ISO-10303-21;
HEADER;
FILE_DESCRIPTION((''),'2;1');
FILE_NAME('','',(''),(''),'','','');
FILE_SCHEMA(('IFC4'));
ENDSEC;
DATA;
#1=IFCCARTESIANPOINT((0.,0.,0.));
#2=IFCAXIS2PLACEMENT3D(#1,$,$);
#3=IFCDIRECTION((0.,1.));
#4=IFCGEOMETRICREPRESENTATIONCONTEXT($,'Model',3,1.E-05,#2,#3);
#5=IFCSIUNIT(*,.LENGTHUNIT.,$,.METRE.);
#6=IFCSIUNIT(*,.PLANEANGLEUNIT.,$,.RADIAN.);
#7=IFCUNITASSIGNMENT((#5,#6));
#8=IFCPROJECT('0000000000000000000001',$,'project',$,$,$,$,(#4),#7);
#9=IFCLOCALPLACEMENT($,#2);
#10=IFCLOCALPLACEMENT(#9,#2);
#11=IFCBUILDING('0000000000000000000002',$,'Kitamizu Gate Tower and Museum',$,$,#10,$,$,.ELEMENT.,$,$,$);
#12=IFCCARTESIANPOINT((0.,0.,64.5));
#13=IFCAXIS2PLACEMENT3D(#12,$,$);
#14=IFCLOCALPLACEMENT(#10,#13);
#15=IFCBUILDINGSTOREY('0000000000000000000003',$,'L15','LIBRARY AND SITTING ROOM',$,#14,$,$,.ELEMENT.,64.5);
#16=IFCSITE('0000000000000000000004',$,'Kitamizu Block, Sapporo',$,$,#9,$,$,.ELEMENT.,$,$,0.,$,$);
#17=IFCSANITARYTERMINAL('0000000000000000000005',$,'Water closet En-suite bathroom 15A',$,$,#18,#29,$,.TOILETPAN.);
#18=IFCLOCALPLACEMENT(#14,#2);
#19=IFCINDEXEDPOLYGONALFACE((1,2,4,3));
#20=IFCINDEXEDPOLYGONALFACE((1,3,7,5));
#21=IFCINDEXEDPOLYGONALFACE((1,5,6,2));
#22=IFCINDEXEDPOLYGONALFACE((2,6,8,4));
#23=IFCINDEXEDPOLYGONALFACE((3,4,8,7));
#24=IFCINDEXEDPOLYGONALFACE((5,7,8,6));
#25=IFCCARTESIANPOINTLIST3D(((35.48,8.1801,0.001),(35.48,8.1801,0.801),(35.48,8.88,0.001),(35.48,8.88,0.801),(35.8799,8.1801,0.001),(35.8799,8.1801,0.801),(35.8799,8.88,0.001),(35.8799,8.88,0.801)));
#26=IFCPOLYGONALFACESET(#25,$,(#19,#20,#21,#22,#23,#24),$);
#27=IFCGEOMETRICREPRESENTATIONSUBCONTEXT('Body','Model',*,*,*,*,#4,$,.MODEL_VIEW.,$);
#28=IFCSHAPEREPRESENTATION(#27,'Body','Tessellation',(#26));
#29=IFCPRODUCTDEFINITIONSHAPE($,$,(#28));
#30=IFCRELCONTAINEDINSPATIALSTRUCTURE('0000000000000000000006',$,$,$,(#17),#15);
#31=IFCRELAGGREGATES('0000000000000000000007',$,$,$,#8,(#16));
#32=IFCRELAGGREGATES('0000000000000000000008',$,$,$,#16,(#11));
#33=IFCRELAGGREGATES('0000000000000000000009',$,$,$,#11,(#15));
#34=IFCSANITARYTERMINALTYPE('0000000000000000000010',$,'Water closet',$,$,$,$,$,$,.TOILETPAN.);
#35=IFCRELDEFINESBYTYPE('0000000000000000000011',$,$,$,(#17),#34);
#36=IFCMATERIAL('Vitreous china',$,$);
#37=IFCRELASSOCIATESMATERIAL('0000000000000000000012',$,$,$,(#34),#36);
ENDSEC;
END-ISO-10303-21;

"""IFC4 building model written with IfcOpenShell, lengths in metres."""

from ifc_helpers import new_model, si_unit, direction, frame, origin, origin_2d, place, context, subcontext, project, spatial, rectangle, extrude, material, type_object, element, save


model = new_model("IFC4")

# Units and contexts
model_context = context("Model", 3, precision=1e-05, world=origin(), true_north=direction((0.0, 1.0)))
body_context = subcontext(model_context, "Body", "Model", "MODEL_VIEW")
ifc_project = project(units=[si_unit("LENGTHUNIT", "METRE"), si_unit("PLANEANGLEUNIT", "RADIAN")], contexts=[model_context])

# Site, building, storey
site_placement = place(None, origin())
site = spatial("IfcSite", under=ifc_project, at=site_placement, Name="Kitamizu Block, Sapporo", CompositionType="ELEMENT", RefElevation=0.0)
building_placement = place(site_placement, origin())
building = spatial("IfcBuilding", under=site, at=building_placement, Name="Kitamizu Gate Tower and Museum", CompositionType="ELEMENT")
storey_placement = place(building_placement, frame((0.0, 0.0, 64.5)))
storey = spatial("IfcBuildingStorey", under=building, at=storey_placement, Name="L15", Description="LIBRARY AND SITTING ROOM", CompositionType="ELEMENT", Elevation=64.5)

# Sanitary terminal
ifc_material_1 = material(Name="Vitreous china")
sanitary_terminal_type_1 = type_object("IfcSanitaryTerminalType", Name="Water closet", PredefinedType="TOILETPAN", material=ifc_material_1)
sanitary_terminal_1_placement = place(storey_placement, frame((35.6799, 8.53, 0.001), z_axis=(0.0, 0.0, 1.0), x_axis=(1.0, 0.0, 0.0)))
element("IfcSanitaryTerminal", 1, at=sanitary_terminal_1_placement, inside=storey, type_object=sanitary_terminal_type_1, Name="Water closet En-suite bathroom 15A", PredefinedType="TOILETPAN", context=body_context, shape_type="SweptSolid", body=[
    extrude(rectangle(XDim=0.3999, YDim=0.7, at=origin_2d()), origin(), (0.0, 0.0, 1.0), 0.8),
])

save(model, "model.ifc")
